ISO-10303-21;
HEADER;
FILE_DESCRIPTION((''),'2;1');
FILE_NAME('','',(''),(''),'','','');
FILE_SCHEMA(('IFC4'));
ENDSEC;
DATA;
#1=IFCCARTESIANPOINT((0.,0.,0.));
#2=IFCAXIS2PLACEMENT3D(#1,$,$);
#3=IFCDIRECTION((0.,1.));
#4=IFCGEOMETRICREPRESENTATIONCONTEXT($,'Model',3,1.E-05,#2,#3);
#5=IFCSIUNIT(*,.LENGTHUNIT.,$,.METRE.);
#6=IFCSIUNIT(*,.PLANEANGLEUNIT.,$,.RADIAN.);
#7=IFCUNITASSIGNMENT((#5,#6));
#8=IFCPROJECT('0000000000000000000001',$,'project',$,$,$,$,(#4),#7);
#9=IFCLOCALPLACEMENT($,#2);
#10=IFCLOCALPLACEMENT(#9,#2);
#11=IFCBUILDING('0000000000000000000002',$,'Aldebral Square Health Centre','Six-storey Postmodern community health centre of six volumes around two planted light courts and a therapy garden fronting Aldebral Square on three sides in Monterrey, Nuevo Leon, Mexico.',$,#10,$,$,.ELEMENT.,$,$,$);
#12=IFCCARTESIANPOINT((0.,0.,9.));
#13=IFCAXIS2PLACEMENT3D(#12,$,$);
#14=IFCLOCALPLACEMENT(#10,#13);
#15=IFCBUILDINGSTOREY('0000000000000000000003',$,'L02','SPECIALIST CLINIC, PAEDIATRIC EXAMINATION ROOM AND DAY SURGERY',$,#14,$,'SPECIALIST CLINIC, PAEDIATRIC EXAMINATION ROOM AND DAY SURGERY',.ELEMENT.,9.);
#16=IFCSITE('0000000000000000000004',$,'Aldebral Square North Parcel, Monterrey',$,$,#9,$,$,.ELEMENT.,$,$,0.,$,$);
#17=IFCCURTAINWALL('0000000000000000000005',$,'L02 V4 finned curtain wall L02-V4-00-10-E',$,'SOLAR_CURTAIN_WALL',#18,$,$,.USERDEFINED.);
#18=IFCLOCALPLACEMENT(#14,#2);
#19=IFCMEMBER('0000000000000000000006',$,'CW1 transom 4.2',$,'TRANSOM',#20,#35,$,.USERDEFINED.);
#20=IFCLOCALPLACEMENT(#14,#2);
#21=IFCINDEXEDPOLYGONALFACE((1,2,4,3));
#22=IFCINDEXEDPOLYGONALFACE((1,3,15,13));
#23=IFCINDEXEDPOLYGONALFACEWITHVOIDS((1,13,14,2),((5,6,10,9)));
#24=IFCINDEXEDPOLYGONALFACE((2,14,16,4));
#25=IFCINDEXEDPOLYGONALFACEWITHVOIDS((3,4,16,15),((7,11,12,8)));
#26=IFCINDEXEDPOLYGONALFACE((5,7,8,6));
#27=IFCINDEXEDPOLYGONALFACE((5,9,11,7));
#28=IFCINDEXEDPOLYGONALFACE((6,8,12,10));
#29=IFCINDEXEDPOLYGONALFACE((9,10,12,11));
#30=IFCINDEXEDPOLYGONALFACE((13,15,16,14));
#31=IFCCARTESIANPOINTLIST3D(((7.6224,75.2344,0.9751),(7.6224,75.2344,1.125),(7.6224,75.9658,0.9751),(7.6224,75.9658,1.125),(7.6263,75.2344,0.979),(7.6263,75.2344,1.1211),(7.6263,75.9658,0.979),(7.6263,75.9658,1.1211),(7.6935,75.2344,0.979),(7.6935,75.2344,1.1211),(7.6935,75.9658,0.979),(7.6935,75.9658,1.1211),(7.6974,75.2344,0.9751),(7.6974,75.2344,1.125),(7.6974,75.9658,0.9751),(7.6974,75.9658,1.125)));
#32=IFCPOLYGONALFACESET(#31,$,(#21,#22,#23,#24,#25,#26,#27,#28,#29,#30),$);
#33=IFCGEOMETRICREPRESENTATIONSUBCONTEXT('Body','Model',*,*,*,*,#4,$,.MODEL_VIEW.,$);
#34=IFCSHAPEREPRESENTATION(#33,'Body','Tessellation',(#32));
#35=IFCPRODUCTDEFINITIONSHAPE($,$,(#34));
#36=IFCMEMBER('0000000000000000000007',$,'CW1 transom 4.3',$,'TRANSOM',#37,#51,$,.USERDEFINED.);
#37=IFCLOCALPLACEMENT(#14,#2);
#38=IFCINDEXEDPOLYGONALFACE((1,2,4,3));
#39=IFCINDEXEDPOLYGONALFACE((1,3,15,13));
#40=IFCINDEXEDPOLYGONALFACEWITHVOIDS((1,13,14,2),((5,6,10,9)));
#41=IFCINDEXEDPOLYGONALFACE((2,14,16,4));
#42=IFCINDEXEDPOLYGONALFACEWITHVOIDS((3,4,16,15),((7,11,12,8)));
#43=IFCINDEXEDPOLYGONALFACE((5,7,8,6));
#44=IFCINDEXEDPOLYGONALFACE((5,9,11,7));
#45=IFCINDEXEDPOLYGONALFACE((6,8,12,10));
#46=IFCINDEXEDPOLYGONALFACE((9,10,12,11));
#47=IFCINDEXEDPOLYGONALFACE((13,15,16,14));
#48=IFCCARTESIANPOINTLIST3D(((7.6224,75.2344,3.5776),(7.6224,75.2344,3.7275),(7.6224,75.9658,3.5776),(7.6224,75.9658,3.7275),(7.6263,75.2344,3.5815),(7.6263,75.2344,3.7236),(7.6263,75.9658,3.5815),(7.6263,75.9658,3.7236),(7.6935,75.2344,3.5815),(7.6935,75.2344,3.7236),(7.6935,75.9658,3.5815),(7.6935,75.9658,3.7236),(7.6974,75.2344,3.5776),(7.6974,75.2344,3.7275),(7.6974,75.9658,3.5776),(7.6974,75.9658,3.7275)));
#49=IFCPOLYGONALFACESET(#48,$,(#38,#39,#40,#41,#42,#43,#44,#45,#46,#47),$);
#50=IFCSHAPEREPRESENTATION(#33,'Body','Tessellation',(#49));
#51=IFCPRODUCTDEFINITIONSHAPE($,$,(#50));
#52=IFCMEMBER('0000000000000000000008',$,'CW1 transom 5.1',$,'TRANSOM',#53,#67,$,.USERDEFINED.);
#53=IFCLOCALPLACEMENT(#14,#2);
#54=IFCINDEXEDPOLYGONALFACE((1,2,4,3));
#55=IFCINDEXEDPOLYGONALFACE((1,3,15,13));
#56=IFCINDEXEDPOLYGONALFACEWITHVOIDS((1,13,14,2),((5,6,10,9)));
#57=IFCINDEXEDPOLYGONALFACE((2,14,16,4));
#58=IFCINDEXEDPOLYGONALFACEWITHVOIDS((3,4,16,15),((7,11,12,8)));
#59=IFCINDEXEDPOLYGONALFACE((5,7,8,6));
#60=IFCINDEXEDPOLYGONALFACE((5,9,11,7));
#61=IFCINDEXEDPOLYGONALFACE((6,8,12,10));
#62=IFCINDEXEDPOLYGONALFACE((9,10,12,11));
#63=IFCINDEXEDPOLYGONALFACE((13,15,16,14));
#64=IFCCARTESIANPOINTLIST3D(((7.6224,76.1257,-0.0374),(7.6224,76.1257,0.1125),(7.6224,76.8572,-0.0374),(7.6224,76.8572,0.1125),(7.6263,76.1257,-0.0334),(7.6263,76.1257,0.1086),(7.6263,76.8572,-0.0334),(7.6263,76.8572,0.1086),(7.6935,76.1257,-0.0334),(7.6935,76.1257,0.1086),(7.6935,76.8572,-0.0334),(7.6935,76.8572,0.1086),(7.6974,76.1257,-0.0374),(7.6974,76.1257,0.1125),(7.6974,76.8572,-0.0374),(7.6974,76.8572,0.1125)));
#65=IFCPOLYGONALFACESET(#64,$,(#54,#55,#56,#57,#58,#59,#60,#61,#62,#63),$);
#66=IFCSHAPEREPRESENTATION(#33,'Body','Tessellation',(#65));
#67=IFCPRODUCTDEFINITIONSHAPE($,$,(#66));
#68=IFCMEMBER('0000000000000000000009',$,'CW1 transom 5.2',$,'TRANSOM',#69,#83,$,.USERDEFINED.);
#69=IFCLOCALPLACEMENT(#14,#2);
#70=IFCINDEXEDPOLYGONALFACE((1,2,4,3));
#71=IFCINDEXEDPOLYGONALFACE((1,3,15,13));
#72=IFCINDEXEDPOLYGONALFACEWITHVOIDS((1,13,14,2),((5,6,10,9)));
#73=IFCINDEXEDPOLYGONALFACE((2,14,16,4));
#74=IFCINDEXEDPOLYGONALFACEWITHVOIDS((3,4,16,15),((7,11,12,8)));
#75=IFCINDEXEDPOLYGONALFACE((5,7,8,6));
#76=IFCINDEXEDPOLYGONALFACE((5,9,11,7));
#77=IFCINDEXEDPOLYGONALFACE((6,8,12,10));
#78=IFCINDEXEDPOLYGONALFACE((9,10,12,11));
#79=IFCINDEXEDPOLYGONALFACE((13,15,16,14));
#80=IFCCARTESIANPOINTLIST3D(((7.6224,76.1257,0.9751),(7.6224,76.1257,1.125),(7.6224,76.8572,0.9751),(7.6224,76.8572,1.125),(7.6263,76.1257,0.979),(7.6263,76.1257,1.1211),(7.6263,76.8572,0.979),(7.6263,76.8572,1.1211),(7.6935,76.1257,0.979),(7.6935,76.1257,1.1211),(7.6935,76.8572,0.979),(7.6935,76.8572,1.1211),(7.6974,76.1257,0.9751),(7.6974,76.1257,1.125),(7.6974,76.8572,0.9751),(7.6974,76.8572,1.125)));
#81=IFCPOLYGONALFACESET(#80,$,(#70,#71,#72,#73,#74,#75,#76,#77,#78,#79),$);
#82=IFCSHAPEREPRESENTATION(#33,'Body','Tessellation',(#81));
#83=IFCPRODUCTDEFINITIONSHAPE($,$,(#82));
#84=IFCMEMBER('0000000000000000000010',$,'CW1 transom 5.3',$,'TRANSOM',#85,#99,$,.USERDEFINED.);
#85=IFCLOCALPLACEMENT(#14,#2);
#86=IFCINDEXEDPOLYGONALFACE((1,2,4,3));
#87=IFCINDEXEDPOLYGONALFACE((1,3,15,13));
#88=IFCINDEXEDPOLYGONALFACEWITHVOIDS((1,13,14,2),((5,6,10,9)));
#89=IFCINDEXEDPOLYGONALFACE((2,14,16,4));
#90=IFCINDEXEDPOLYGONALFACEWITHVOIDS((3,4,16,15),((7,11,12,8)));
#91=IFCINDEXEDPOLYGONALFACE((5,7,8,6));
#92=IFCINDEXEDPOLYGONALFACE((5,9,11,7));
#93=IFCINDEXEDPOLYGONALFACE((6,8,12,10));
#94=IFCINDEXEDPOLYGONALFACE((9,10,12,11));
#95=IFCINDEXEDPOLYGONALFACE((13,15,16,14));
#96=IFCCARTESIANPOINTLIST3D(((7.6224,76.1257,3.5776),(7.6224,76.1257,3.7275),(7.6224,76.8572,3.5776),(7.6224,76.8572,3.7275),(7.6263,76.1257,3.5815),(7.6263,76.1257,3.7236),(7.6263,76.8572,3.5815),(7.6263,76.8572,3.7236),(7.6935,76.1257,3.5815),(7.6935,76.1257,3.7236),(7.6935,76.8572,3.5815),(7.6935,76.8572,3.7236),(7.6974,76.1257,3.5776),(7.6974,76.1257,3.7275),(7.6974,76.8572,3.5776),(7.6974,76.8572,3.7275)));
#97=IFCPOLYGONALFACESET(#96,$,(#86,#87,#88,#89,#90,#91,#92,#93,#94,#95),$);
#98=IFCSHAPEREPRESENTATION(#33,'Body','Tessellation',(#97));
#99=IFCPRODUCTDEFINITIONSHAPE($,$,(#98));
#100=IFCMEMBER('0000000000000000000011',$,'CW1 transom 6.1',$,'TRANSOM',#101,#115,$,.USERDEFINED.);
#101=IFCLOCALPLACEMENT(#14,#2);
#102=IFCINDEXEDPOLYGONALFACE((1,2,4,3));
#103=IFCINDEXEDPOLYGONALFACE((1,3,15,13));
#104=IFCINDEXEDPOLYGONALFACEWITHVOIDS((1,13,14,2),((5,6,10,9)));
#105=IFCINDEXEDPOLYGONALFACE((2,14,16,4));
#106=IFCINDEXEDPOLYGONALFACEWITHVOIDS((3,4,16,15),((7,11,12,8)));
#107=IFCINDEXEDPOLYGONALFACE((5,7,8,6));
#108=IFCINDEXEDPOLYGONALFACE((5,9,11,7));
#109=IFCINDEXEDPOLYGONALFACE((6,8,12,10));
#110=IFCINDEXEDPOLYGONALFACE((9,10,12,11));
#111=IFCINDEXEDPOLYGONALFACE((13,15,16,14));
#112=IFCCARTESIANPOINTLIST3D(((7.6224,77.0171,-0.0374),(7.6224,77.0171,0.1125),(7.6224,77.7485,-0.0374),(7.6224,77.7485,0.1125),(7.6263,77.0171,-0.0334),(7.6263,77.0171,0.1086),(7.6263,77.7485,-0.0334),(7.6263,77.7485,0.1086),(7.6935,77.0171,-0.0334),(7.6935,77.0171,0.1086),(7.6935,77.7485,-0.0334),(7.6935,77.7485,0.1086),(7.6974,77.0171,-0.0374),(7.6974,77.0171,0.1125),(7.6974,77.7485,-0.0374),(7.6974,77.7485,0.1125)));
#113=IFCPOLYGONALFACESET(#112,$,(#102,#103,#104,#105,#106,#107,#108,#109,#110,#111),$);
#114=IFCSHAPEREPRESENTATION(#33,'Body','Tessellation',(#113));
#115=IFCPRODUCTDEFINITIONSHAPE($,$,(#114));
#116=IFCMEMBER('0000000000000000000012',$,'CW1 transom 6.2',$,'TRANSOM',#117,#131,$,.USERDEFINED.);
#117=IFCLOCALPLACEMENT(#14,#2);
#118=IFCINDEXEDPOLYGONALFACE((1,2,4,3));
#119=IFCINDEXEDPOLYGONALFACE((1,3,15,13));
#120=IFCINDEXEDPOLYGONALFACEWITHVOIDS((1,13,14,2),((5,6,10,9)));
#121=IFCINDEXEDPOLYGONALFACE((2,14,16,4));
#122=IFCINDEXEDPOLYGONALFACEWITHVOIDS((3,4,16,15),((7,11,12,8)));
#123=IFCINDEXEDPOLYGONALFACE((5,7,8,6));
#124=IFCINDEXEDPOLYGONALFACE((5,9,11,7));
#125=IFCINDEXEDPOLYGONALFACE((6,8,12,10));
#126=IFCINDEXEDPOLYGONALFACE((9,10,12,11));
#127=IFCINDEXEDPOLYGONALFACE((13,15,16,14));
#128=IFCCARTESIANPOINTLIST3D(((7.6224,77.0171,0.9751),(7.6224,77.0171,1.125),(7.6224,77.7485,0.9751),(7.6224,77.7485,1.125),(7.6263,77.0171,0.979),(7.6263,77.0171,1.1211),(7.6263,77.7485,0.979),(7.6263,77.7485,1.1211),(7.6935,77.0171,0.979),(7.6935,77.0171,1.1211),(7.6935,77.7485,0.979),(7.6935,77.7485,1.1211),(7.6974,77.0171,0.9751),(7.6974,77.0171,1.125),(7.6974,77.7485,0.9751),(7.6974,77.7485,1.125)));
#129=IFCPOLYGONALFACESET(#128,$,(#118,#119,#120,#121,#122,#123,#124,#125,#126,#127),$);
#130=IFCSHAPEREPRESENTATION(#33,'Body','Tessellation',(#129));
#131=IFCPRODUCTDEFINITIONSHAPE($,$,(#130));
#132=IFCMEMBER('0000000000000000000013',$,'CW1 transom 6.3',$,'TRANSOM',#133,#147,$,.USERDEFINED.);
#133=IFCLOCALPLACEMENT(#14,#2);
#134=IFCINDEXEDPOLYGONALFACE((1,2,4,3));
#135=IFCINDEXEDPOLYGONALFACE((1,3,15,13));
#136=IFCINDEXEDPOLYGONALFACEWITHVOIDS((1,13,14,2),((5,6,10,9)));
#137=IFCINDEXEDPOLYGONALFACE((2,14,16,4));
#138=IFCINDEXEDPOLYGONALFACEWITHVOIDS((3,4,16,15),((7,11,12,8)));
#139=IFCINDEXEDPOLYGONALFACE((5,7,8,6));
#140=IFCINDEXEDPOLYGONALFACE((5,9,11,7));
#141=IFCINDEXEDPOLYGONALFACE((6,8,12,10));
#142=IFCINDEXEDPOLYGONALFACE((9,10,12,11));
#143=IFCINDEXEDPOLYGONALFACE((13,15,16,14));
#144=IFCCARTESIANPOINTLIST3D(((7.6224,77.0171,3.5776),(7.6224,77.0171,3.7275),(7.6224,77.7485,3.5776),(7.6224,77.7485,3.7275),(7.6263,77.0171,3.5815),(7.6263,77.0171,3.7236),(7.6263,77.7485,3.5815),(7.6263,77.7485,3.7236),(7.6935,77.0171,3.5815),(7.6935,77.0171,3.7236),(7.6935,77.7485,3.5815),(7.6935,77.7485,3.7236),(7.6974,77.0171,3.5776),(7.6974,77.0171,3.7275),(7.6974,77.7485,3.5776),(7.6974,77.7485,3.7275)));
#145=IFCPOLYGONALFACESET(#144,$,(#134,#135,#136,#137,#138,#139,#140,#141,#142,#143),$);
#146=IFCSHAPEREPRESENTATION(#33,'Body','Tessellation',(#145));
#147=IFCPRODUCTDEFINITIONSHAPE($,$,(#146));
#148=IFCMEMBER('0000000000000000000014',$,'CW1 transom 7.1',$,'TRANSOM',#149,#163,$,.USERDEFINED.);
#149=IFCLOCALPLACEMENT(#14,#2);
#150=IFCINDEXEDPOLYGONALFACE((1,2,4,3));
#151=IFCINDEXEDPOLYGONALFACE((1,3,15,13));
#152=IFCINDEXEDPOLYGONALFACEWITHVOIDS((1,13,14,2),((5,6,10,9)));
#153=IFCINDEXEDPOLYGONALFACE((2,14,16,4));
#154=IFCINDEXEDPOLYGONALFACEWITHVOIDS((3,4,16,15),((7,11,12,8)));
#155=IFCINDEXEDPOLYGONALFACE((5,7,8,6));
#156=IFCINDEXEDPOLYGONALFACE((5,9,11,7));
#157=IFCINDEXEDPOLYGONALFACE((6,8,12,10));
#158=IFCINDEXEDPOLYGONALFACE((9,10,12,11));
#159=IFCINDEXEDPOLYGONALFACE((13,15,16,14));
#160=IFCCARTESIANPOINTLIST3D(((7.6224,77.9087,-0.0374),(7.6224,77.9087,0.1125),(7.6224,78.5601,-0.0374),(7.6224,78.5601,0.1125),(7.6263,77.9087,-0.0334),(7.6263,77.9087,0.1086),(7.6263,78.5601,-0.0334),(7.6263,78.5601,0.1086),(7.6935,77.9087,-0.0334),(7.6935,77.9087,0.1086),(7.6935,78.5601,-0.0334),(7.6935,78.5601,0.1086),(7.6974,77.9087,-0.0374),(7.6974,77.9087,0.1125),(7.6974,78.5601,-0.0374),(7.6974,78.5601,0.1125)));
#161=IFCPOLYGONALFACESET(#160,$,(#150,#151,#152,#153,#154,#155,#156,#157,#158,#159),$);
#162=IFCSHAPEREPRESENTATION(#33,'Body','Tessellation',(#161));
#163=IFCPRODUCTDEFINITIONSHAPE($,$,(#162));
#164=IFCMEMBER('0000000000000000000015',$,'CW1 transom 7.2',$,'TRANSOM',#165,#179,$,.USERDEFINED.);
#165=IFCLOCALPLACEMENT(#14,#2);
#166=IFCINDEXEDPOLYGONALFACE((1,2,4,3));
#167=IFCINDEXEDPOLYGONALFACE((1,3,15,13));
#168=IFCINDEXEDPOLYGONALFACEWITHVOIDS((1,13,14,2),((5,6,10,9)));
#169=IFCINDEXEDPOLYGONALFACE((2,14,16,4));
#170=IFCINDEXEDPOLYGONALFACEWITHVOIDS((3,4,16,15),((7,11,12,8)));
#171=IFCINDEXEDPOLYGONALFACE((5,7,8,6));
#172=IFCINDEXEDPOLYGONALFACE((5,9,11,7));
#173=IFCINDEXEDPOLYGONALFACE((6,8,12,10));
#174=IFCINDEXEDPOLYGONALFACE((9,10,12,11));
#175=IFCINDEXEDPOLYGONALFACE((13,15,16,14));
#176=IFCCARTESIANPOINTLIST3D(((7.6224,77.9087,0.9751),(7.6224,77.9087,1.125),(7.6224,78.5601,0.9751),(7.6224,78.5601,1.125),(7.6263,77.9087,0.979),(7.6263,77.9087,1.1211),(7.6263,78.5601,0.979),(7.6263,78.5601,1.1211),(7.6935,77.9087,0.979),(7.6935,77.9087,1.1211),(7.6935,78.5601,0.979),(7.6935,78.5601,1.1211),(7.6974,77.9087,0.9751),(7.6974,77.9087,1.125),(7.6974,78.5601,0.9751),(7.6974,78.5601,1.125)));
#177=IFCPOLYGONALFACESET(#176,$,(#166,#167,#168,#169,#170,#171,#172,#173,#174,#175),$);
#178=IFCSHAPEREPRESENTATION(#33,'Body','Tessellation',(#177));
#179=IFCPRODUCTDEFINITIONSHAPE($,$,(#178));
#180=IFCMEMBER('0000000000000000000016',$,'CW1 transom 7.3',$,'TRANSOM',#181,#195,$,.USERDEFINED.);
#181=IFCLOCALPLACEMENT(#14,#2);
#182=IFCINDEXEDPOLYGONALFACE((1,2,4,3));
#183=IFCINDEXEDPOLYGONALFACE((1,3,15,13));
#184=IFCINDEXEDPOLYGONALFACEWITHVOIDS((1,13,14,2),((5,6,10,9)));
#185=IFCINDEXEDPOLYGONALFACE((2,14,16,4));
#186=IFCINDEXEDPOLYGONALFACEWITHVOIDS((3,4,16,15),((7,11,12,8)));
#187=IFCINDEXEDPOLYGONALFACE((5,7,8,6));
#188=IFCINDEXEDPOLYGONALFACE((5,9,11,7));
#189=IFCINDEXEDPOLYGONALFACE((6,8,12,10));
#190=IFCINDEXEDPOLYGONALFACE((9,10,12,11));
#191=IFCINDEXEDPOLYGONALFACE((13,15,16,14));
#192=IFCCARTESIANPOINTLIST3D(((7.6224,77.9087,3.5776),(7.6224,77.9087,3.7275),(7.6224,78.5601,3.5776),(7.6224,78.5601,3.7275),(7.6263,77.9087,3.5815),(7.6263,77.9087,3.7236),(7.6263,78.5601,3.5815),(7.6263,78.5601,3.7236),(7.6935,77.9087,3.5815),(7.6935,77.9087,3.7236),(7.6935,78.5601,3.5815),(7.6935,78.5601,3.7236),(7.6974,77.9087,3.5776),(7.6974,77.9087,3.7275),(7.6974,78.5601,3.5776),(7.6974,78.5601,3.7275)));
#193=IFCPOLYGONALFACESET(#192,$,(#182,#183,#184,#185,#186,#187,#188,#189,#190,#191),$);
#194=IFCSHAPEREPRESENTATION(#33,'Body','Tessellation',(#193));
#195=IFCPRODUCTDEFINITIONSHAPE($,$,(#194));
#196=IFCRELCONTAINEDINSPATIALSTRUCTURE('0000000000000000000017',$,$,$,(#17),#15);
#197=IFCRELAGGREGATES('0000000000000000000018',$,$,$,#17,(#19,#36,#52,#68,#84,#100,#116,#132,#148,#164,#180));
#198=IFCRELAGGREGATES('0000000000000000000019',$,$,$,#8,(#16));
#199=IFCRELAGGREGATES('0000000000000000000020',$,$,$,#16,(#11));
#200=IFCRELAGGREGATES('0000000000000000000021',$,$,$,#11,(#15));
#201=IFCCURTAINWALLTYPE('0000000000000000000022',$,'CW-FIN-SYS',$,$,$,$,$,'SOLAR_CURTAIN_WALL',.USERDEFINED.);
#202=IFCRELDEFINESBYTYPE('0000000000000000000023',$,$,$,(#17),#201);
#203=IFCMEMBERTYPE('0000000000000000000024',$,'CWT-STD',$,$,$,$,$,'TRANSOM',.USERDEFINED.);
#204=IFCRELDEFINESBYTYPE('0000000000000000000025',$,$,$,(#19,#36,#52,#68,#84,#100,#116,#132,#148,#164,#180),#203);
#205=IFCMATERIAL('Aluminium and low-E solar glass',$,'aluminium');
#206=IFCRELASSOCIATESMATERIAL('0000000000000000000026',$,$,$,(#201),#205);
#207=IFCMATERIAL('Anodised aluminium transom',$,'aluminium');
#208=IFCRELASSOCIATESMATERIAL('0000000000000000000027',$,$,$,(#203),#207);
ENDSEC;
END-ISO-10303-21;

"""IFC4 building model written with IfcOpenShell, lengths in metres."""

from ifc_helpers import new_model, si_unit, direction, frame, origin, origin_2d, place, context, subcontext, project, spatial, hollow_rectangle, extrude, material, material_profile, profile_set, type_object, element, aggregate, save


model = new_model("IFC4")

# Units and contexts
model_context = context("Model", 3, precision=1e-05, world=origin(), true_north=direction((0.0, 1.0)))
body_context = subcontext(model_context, "Body", "Model", "MODEL_VIEW")
ifc_project = project(units=[si_unit("LENGTHUNIT", "METRE"), si_unit("PLANEANGLEUNIT", "RADIAN")], contexts=[model_context])

# Site, building, storey
site_placement = place(None, origin())
site = spatial("IfcSite", under=ifc_project, at=site_placement, Name="Aldebral Square North Parcel, Monterrey", CompositionType="ELEMENT", RefElevation=0.0)
building_placement = place(site_placement, origin())
building = spatial("IfcBuilding", under=site, at=building_placement, Name="Aldebral Square Health Centre", Description="Six-storey Postmodern community health centre of six volumes around two planted light courts and a therapy garden fronting Aldebral Square on three sides in Monterrey, Nuevo Leon, Mexico.", CompositionType="ELEMENT")
storey_placement = place(building_placement, frame((0.0, 0.0, 9.0)))
storey = spatial("IfcBuildingStorey", under=building, at=storey_placement, Name="L02", Description="SPECIALIST CLINIC, PAEDIATRIC EXAMINATION ROOM AND DAY SURGERY", LongName="SPECIALIST CLINIC, PAEDIATRIC EXAMINATION ROOM AND DAY SURGERY", CompositionType="ELEMENT", Elevation=9.0)

# Curtain wall
ifc_material_1 = material(Name="Aluminium and low-E solar glass", Category="aluminium")
curtain_wall_type = type_object("IfcCurtainWallType", Name="CW-FIN-SYS", ElementType="SOLAR_CURTAIN_WALL", PredefinedType="USERDEFINED", material=ifc_material_1)
curtain_wall_1_placement = place(storey_placement, origin())
curtain_wall_1 = element("IfcCurtainWall", 1, at=curtain_wall_1_placement, inside=storey, type_object=curtain_wall_type, Name="L02 V4 finned curtain wall L02-V4-00-10-E", ObjectType="SOLAR_CURTAIN_WALL", PredefinedType="USERDEFINED")

# Members
ifc_material_2 = material(Name="Anodised aluminium transom", Category="aluminium")
ifc_material_profile_1 = material_profile(ifc_material_2, hollow_rectangle(XDim=0.075, YDim=0.1499, WallThickness=0.0039, at=origin_2d()), Name="CWT 75x150x4")
ifc_profile_set_1 = profile_set([ifc_material_profile_1], Name="Anodised aluminium transom")
member_type_1 = type_object("IfcMemberType", Name="CWT-STD", ElementType="TRANSOM", PredefinedType="USERDEFINED", material=ifc_profile_set_1)
member_1_placement = place(storey_placement, frame((7.6599, 75.2344, 1.05), z_axis=(0.0, 1.0, 0.0), x_axis=(-1.0, 0.0, 0.0)))
member_1 = element("IfcMember", 2, at=member_1_placement, type_object=member_type_1, Name="CW1 transom 4.2", ObjectType="TRANSOM", PredefinedType="USERDEFINED", context=body_context, shape_type="SweptSolid", body=[
    extrude(hollow_rectangle(XDim=0.075, YDim=0.1499, WallThickness=0.0039, at=origin_2d()), origin(), (0.0, 0.0, 1.0), 0.7314),
])
member_2_placement = place(storey_placement, frame((7.6599, 75.2344, 3.6526), z_axis=(0.0, 1.0, 0.0), x_axis=(-1.0, 0.0, 0.0)))
member_2 = element("IfcMember", 3, at=member_2_placement, type_object=member_type_1, Name="CW1 transom 4.3", ObjectType="TRANSOM", PredefinedType="USERDEFINED", context=body_context, shape_type="SweptSolid", body=[
    extrude(hollow_rectangle(XDim=0.075, YDim=0.1499, WallThickness=0.0039, at=origin_2d()), origin(), (0.0, 0.0, 1.0), 0.7314),
])
member_3_placement = place(storey_placement, frame((7.6599, 76.1257, 0.0376), z_axis=(0.0, 1.0, 0.0), x_axis=(-1.0, 0.0, 0.0)))
member_3 = element("IfcMember", 4, at=member_3_placement, type_object=member_type_1, Name="CW1 transom 5.1", ObjectType="TRANSOM", PredefinedType="USERDEFINED", context=body_context, shape_type="SweptSolid", body=[
    extrude(hollow_rectangle(XDim=0.075, YDim=0.1499, WallThickness=0.0039, at=origin_2d()), origin(), (0.0, 0.0, 1.0), 0.7314),
])
member_4_placement = place(storey_placement, frame((7.6599, 76.1257, 1.05), z_axis=(0.0, 1.0, 0.0), x_axis=(-1.0, 0.0, 0.0)))
member_4 = element("IfcMember", 5, at=member_4_placement, type_object=member_type_1, Name="CW1 transom 5.2", ObjectType="TRANSOM", PredefinedType="USERDEFINED", context=body_context, shape_type="SweptSolid", body=[
    extrude(hollow_rectangle(XDim=0.075, YDim=0.1499, WallThickness=0.0039, at=origin_2d()), origin(), (0.0, 0.0, 1.0), 0.7314),
])
member_5_placement = place(storey_placement, frame((7.6599, 76.1257, 3.6526), z_axis=(0.0, 1.0, 0.0), x_axis=(-1.0, 0.0, 0.0)))
member_5 = element("IfcMember", 6, at=member_5_placement, type_object=member_type_1, Name="CW1 transom 5.3", ObjectType="TRANSOM", PredefinedType="USERDEFINED", context=body_context, shape_type="SweptSolid", body=[
    extrude(hollow_rectangle(XDim=0.075, YDim=0.1499, WallThickness=0.0039, at=origin_2d()), origin(), (0.0, 0.0, 1.0), 0.7314),
])
member_6_placement = place(storey_placement, frame((7.6599, 77.0171, 0.0376), z_axis=(0.0, 1.0, 0.0), x_axis=(-1.0, 0.0, 0.0)))
member_6 = element("IfcMember", 7, at=member_6_placement, type_object=member_type_1, Name="CW1 transom 6.1", ObjectType="TRANSOM", PredefinedType="USERDEFINED", context=body_context, shape_type="SweptSolid", body=[
    extrude(hollow_rectangle(XDim=0.075, YDim=0.1499, WallThickness=0.0039, at=origin_2d()), origin(), (0.0, 0.0, 1.0), 0.7314),
])
member_7_placement = place(storey_placement, frame((7.6599, 77.0171, 1.05), z_axis=(0.0, 1.0, 0.0), x_axis=(-1.0, 0.0, 0.0)))
member_7 = element("IfcMember", 8, at=member_7_placement, type_object=member_type_1, Name="CW1 transom 6.2", ObjectType="TRANSOM", PredefinedType="USERDEFINED", context=body_context, shape_type="SweptSolid", body=[
    extrude(hollow_rectangle(XDim=0.075, YDim=0.1499, WallThickness=0.0039, at=origin_2d()), origin(), (0.0, 0.0, 1.0), 0.7314),
])
member_8_placement = place(storey_placement, frame((7.6599, 77.0171, 3.6526), z_axis=(0.0, 1.0, 0.0), x_axis=(-1.0, 0.0, 0.0)))
member_8 = element("IfcMember", 9, at=member_8_placement, type_object=member_type_1, Name="CW1 transom 6.3", ObjectType="TRANSOM", PredefinedType="USERDEFINED", context=body_context, shape_type="SweptSolid", body=[
    extrude(hollow_rectangle(XDim=0.075, YDim=0.1499, WallThickness=0.0039, at=origin_2d()), origin(), (0.0, 0.0, 1.0), 0.7314),
])
member_9_placement = place(storey_placement, frame((7.6599, 77.9087, 0.0376), z_axis=(0.0, 1.0, 0.0), x_axis=(-1.0, 0.0, 0.0)))
member_9 = element("IfcMember", 10, at=member_9_placement, type_object=member_type_1, Name="CW1 transom 7.1", ObjectType="TRANSOM", PredefinedType="USERDEFINED", context=body_context, shape_type="SweptSolid", body=[
    extrude(hollow_rectangle(XDim=0.075, YDim=0.1499, WallThickness=0.0039, at=origin_2d()), origin(), (0.0, 0.0, 1.0), 0.6514),
])
member_10_placement = place(storey_placement, frame((7.6599, 77.9087, 1.05), z_axis=(0.0, 1.0, 0.0), x_axis=(-1.0, 0.0, 0.0)))
member_10 = element("IfcMember", 11, at=member_10_placement, type_object=member_type_1, Name="CW1 transom 7.2", ObjectType="TRANSOM", PredefinedType="USERDEFINED", context=body_context, shape_type="SweptSolid", body=[
    extrude(hollow_rectangle(XDim=0.075, YDim=0.1499, WallThickness=0.0039, at=origin_2d()), origin(), (0.0, 0.0, 1.0), 0.6514),
])
member_11_placement = place(storey_placement, frame((7.6599, 77.9087, 3.6526), z_axis=(0.0, 1.0, 0.0), x_axis=(-1.0, 0.0, 0.0)))
member_11 = element("IfcMember", 12, at=member_11_placement, type_object=member_type_1, Name="CW1 transom 7.3", ObjectType="TRANSOM", PredefinedType="USERDEFINED", context=body_context, shape_type="SweptSolid", body=[
    extrude(hollow_rectangle(XDim=0.075, YDim=0.1499, WallThickness=0.0039, at=origin_2d()), origin(), (0.0, 0.0, 1.0), 0.6514),
])

aggregate(curtain_wall_1, [member_1, member_2, member_3, member_4, member_5, member_6, member_7, member_8, member_9, member_10, member_11])

save(model, "model.ifc")
